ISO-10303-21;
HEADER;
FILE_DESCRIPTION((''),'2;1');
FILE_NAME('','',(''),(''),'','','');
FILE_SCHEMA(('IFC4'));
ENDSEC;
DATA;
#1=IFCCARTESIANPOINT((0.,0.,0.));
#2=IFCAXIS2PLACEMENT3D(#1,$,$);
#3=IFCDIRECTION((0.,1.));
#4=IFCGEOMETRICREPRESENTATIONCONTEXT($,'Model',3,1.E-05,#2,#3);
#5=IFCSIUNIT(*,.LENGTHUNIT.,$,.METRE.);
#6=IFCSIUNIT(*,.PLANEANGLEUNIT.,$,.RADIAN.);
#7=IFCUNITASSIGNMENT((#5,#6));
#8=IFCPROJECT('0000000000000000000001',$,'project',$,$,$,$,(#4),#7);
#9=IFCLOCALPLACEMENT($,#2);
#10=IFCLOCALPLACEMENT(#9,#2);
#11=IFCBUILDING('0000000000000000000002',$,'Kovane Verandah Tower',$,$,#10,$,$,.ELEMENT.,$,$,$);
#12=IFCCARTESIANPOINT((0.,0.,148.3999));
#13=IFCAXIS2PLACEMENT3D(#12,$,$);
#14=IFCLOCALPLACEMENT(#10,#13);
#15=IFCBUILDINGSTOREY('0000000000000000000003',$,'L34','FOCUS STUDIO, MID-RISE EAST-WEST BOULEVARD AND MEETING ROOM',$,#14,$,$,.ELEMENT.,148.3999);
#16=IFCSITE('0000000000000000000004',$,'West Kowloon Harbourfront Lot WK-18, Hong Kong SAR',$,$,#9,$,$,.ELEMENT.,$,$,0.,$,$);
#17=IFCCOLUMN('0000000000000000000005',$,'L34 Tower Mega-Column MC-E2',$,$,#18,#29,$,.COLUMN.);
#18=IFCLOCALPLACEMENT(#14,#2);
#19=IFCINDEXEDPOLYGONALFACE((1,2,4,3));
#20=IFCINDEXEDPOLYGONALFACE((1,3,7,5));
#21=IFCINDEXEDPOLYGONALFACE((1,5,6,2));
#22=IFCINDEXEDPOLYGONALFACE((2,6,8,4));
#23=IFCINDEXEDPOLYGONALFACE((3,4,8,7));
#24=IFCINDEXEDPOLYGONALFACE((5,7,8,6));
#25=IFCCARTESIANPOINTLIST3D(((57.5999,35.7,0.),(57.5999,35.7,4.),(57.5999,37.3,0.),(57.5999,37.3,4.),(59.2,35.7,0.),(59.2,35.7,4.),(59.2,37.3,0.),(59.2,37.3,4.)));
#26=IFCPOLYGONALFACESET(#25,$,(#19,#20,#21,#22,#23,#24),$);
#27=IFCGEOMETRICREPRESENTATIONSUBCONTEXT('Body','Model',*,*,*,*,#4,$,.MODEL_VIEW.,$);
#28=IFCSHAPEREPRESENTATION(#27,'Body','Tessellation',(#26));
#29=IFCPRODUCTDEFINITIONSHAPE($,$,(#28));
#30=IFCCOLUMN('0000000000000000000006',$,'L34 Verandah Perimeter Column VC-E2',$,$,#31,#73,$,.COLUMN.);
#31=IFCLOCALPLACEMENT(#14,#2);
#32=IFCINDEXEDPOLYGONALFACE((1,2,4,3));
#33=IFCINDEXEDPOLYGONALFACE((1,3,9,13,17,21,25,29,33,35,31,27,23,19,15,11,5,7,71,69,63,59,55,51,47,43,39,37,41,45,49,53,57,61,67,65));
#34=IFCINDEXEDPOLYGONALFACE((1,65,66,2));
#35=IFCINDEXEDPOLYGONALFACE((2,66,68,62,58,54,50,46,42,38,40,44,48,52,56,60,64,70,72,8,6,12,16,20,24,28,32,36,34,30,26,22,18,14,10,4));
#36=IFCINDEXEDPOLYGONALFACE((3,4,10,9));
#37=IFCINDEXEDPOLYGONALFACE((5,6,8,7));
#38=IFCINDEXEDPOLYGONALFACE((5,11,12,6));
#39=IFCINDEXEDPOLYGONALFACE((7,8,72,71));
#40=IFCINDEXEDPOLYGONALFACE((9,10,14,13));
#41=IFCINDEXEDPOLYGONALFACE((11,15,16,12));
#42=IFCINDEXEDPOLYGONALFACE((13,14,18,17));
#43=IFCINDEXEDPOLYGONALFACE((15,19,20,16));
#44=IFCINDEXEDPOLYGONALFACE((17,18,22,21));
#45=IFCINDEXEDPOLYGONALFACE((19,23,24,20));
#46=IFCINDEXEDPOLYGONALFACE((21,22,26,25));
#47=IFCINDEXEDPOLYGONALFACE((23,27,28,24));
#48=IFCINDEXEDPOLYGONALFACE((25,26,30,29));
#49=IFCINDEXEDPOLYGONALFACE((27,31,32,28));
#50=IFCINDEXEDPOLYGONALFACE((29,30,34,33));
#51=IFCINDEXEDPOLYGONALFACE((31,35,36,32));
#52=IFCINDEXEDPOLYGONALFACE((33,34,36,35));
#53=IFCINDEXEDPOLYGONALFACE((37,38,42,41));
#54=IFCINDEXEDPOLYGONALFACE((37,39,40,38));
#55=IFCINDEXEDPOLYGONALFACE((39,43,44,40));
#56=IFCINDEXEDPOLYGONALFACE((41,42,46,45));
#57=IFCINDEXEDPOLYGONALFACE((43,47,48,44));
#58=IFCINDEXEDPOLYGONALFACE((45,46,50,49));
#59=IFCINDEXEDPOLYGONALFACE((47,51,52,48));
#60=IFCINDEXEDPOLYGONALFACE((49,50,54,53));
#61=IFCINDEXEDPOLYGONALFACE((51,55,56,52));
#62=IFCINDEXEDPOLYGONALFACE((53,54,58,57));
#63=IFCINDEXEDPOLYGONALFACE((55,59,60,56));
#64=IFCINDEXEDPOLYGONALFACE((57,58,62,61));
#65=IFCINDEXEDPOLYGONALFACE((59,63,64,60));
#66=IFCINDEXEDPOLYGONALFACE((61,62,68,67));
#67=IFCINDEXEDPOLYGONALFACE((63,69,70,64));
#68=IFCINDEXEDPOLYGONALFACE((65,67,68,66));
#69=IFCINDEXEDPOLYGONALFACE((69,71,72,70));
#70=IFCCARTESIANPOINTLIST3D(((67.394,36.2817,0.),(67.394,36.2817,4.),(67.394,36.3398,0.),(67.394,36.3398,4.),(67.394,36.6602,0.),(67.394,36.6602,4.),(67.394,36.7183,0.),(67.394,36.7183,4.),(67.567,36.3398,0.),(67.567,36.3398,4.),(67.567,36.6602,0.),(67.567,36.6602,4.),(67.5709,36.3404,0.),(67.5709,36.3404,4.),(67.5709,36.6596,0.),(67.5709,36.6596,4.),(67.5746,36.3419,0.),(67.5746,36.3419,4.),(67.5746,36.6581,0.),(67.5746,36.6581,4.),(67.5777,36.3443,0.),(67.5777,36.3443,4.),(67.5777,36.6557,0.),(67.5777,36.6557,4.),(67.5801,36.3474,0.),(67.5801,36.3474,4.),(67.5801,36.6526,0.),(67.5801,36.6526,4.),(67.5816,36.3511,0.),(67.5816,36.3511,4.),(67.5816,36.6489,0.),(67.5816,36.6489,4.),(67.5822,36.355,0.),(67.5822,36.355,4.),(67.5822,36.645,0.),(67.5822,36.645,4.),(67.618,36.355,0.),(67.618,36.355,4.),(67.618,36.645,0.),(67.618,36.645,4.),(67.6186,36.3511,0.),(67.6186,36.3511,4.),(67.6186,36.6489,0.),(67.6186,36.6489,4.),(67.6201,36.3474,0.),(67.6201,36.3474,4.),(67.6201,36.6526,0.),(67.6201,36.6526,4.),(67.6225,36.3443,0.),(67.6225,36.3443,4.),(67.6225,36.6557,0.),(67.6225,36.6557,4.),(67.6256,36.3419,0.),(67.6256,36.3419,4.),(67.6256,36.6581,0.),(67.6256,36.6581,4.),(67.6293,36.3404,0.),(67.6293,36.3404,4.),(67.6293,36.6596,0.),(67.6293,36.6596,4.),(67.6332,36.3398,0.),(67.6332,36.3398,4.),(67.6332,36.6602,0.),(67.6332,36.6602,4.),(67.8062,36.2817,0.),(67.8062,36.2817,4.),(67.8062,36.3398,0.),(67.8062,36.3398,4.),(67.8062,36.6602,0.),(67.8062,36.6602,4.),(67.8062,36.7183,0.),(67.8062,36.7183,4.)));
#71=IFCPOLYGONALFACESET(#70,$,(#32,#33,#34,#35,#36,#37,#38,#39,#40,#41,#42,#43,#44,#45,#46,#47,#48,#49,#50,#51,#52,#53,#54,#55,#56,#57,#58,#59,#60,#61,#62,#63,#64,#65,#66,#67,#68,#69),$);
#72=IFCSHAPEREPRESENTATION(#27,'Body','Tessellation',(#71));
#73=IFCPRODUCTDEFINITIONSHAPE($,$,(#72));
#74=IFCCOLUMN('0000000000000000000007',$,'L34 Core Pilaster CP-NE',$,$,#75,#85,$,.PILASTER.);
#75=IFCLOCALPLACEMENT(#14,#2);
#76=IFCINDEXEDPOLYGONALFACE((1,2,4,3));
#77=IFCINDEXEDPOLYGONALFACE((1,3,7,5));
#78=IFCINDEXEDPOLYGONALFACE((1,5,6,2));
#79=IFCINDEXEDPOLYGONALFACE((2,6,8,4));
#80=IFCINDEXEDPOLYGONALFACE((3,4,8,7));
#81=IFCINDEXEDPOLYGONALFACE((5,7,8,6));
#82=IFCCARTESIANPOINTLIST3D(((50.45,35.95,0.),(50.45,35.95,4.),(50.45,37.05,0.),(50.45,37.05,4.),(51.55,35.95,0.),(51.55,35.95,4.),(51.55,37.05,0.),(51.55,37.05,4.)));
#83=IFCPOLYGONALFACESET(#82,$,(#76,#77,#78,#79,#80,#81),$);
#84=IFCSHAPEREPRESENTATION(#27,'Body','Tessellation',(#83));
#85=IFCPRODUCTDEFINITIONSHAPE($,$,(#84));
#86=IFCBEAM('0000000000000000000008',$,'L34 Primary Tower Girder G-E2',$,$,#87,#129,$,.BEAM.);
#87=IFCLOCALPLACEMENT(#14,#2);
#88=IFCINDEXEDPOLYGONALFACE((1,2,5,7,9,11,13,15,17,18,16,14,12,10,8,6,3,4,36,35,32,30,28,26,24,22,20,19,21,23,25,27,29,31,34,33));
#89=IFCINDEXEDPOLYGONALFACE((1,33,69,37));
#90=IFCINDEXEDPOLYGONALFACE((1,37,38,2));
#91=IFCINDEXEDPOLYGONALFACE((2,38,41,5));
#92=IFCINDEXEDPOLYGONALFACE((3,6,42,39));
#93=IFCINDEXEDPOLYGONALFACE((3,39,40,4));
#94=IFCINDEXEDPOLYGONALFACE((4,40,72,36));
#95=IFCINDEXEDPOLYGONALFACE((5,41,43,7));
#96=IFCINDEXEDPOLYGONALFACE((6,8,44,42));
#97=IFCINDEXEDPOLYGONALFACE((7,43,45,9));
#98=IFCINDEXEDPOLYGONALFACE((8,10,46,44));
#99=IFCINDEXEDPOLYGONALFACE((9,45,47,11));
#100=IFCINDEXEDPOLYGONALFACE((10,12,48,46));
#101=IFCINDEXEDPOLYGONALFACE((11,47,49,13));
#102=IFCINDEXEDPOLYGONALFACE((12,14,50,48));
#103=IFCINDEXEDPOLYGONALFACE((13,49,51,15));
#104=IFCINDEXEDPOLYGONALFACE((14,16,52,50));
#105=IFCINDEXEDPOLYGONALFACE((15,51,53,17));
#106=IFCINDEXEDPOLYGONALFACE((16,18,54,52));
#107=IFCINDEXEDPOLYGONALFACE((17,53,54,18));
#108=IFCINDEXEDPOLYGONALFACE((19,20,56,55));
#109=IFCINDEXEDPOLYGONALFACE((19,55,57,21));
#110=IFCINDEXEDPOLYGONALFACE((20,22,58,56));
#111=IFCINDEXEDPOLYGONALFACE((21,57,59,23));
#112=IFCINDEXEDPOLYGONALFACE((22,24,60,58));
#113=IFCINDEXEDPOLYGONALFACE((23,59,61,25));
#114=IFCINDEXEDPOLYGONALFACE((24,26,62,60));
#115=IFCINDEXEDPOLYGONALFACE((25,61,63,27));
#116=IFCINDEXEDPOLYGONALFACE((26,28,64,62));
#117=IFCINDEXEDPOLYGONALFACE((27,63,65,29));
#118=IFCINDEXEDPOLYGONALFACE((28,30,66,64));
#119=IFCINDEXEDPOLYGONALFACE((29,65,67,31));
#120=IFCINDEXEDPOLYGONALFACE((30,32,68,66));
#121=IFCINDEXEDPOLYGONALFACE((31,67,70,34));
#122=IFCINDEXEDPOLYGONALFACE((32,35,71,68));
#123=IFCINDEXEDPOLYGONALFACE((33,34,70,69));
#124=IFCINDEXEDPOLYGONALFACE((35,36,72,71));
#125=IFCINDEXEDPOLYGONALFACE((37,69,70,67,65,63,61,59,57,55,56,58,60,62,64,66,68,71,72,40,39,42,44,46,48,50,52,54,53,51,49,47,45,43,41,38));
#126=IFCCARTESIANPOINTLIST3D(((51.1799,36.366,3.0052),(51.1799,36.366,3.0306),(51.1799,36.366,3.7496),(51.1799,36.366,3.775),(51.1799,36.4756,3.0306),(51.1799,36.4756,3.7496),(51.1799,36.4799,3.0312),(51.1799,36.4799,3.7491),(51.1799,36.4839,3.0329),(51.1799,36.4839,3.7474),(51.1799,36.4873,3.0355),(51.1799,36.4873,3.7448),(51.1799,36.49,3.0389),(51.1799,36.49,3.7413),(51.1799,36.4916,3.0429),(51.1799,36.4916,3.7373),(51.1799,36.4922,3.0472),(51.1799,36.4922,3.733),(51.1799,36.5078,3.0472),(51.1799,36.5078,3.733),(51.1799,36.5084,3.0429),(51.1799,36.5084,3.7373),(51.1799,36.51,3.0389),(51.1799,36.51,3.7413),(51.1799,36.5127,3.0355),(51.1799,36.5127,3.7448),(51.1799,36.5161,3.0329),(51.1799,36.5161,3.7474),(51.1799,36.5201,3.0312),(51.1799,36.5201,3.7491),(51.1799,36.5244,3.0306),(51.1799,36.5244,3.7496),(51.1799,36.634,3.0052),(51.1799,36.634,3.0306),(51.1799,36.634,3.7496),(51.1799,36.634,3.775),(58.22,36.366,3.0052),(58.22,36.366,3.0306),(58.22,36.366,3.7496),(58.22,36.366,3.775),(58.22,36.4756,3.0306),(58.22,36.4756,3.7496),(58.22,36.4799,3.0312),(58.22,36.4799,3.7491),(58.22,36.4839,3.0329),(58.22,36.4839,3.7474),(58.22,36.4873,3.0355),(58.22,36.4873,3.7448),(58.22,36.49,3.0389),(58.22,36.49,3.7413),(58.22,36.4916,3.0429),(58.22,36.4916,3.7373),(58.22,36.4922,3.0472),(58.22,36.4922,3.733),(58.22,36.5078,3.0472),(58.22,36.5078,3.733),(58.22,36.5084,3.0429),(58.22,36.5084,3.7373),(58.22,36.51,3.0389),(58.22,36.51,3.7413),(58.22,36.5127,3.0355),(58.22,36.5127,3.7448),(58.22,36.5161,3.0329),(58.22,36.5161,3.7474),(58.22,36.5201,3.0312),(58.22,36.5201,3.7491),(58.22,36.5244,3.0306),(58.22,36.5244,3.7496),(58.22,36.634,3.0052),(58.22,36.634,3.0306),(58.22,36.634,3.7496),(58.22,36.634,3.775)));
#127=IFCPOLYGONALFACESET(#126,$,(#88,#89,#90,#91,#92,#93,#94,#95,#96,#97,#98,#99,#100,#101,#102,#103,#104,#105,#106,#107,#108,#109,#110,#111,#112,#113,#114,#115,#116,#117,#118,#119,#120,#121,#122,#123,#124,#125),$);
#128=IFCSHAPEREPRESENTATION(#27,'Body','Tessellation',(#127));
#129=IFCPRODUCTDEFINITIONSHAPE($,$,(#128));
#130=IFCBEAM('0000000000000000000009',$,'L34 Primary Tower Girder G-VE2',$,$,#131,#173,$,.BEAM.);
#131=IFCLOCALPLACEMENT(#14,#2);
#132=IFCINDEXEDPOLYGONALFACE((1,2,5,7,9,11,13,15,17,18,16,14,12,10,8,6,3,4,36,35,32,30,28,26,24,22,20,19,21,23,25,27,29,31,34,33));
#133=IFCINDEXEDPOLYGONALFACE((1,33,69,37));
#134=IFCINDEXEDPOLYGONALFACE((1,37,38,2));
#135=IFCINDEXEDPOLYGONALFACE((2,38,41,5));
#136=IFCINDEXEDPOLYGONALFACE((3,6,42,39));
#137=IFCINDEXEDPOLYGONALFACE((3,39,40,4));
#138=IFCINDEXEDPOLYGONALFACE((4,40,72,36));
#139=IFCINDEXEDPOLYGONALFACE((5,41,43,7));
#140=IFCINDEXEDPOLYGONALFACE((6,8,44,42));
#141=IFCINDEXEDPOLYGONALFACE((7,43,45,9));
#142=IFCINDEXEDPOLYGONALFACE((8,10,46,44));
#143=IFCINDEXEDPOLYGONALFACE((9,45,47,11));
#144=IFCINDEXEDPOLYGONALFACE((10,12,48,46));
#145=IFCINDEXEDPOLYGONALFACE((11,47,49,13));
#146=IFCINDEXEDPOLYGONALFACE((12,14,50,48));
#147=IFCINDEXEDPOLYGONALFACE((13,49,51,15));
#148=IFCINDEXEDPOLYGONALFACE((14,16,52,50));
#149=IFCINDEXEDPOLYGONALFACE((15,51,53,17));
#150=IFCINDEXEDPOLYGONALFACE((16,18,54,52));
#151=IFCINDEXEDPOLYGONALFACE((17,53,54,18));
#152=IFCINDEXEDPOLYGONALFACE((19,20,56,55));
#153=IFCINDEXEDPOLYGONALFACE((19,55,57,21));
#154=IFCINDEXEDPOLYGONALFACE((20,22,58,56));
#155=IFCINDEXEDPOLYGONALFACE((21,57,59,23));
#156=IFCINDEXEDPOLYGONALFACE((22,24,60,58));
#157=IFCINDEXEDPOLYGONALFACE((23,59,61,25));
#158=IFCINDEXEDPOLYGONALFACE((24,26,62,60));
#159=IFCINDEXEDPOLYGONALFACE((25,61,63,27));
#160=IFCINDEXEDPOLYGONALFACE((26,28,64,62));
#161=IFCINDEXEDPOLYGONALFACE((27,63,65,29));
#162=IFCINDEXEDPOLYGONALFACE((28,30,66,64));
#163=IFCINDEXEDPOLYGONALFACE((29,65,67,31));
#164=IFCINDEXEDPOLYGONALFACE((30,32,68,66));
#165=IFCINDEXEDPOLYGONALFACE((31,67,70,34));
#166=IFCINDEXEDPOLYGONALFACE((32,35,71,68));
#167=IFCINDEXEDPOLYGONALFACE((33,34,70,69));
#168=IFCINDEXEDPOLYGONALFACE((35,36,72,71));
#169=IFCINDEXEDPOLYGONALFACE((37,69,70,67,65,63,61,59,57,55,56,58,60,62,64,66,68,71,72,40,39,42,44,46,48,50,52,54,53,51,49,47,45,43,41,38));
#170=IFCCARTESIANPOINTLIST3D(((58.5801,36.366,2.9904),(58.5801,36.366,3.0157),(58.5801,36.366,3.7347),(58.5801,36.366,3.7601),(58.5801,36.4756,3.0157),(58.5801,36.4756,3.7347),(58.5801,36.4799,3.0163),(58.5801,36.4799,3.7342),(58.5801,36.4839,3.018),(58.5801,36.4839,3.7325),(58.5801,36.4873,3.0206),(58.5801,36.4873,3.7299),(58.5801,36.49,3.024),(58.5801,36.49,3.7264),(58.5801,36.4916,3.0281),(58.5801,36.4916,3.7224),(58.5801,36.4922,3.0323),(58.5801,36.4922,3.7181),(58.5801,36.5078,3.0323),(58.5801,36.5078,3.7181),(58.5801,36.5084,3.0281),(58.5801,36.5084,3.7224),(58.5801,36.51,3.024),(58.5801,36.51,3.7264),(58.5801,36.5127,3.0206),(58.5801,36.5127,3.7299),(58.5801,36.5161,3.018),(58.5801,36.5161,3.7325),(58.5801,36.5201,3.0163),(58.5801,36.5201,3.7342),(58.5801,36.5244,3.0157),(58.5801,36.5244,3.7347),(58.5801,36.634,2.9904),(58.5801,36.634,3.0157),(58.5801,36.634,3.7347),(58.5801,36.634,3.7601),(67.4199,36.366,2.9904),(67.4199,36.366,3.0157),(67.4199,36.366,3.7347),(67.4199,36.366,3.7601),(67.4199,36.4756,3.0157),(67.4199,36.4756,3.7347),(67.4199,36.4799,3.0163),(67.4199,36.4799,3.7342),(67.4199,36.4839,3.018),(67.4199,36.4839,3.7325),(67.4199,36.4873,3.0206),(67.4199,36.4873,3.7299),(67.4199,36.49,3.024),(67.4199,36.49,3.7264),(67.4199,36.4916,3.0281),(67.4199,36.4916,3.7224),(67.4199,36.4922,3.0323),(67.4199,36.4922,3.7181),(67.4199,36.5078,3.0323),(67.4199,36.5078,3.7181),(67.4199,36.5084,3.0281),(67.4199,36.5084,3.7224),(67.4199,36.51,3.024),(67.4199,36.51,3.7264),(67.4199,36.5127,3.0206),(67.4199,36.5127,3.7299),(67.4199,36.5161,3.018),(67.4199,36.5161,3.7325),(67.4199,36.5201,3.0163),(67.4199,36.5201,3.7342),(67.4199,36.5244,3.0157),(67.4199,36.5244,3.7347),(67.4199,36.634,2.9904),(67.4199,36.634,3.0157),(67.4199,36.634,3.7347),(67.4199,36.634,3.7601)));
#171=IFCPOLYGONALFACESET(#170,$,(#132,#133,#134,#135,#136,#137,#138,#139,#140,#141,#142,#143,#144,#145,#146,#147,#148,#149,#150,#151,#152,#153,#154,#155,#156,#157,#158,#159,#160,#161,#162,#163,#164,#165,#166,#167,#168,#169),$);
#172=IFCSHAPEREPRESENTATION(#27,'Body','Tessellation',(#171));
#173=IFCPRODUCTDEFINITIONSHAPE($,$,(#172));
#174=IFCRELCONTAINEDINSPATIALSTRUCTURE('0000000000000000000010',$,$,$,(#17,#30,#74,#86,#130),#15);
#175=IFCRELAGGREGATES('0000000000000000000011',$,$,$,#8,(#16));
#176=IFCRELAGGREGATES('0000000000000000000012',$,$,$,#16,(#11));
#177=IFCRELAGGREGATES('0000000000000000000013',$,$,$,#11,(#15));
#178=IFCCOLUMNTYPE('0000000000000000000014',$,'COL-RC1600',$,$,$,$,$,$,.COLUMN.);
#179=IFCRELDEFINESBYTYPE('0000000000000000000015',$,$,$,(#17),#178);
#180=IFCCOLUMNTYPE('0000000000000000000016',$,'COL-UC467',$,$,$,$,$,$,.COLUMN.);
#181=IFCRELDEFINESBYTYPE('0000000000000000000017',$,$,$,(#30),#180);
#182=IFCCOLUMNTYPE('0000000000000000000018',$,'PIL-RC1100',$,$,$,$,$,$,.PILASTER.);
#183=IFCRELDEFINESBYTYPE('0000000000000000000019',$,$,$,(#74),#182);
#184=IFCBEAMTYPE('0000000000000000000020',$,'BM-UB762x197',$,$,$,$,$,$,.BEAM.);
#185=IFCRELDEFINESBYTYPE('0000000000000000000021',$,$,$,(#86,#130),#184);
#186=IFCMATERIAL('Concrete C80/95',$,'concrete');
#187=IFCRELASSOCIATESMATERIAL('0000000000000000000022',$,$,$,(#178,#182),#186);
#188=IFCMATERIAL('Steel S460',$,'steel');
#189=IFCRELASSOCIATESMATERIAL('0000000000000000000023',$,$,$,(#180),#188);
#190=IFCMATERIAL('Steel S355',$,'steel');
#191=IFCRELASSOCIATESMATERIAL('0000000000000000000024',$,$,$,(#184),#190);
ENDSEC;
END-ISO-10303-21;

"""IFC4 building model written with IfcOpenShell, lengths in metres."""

from ifc_helpers import new_model, si_unit, direction, frame, origin, origin_2d, place, context, subcontext, project, spatial, rectangle, i_section, extrude, material, material_profile, profile_set, type_object, element, save


model = new_model("IFC4")

# Units and contexts
model_context = context("Model", 3, precision=1e-05, world=origin(), true_north=direction((0.0, 1.0)))
body_context = subcontext(model_context, "Body", "Model", "MODEL_VIEW")
ifc_project = project(units=[si_unit("LENGTHUNIT", "METRE"), si_unit("PLANEANGLEUNIT", "RADIAN")], contexts=[model_context])

# Site, building, storey
site_placement = place(None, origin())
site = spatial("IfcSite", under=ifc_project, at=site_placement, Name="West Kowloon Harbourfront Lot WK-18, Hong Kong SAR", CompositionType="ELEMENT", RefElevation=0.0)
building_placement = place(site_placement, origin())
building = spatial("IfcBuilding", under=site, at=building_placement, Name="Kovane Verandah Tower", CompositionType="ELEMENT")
storey_placement = place(building_placement, frame((0.0, 0.0, 148.3999)))
storey = spatial("IfcBuildingStorey", under=building, at=storey_placement, Name="L34", Description="FOCUS STUDIO, MID-RISE EAST-WEST BOULEVARD AND MEETING ROOM", CompositionType="ELEMENT", Elevation=148.3999)

# Columns
ifc_material_1 = material(Name="Concrete C80/95", Category="concrete")
ifc_material_profile_1 = material_profile(ifc_material_1, rectangle(XDim=1.6001, YDim=1.6001, at=origin_2d()), Name="RC1600x1600")
ifc_profile_set_1 = profile_set([ifc_material_profile_1], Name="Concrete C80/95")
column_type_1 = type_object("IfcColumnType", Name="COL-RC1600", PredefinedType="COLUMN", material=ifc_profile_set_1)
column_1_placement = place(storey_placement, frame((58.3999, 36.5, 0.0), z_axis=(0.0, 0.0, 1.0), x_axis=(1.0, 0.0, 0.0)))
element("IfcColumn", 1, at=column_1_placement, inside=storey, type_object=column_type_1, Name="L34 Tower Mega-Column MC-E2", PredefinedType="COLUMN", context=body_context, shape_type="SweptSolid", body=[
    extrude(rectangle(XDim=1.6001, YDim=1.6001, at=origin_2d()), origin(), (0.0, 0.0, 1.0), 4.0),
])
ifc_material_2 = material(Name="Steel S460", Category="steel")
ifc_material_profile_2 = material_profile(ifc_material_2, i_section(OverallWidth=0.4121, OverallDepth=0.4365, WebThickness=0.0359, FlangeThickness=0.0581, FilletRadius=0.0151, at=origin_2d()), Name="UC356x406x467")
ifc_profile_set_2 = profile_set([ifc_material_profile_2], Name="Steel S460")
column_type_2 = type_object("IfcColumnType", Name="COL-UC467", PredefinedType="COLUMN", material=ifc_profile_set_2)
column_2_placement = place(storey_placement, frame((67.6001, 36.5, 0.0), z_axis=(0.0, 0.0, 1.0), x_axis=(1.0, 0.0, 0.0)))
element("IfcColumn", 2, at=column_2_placement, inside=storey, type_object=column_type_2, Name="L34 Verandah Perimeter Column VC-E2", PredefinedType="COLUMN", context=body_context, shape_type="SweptSolid", body=[
    extrude(i_section(OverallWidth=0.4121, OverallDepth=0.4365, WebThickness=0.0359, FlangeThickness=0.0581, FilletRadius=0.0151, at=origin_2d()), origin(), (0.0, 0.0, 1.0), 4.0),
])
ifc_material_profile_3 = material_profile(ifc_material_1, rectangle(XDim=1.1001, YDim=1.1001, at=origin_2d()), Name="RC1100x1100")
ifc_profile_set_3 = profile_set([ifc_material_profile_3], Name="Concrete C80/95")
column_type_3 = type_object("IfcColumnType", Name="PIL-RC1100", PredefinedType="PILASTER", material=ifc_profile_set_3)
column_3_placement = place(storey_placement, frame((51.0, 36.5, 0.0), z_axis=(0.0, 0.0, 1.0), x_axis=(1.0, 0.0, 0.0)))
element("IfcColumn", 3, at=column_3_placement, inside=storey, type_object=column_type_3, Name="L34 Core Pilaster CP-NE", PredefinedType="PILASTER", context=body_context, shape_type="SweptSolid", body=[
    extrude(rectangle(XDim=1.1001, YDim=1.1001, at=origin_2d()), origin(), (0.0, 0.0, 1.0), 4.0),
])

# Beams
ifc_material_3 = material(Name="Steel S355", Category="steel")
ifc_material_profile_4 = material_profile(ifc_material_3, i_section(OverallWidth=0.2681, OverallDepth=0.7698, WebThickness=0.0156, FlangeThickness=0.0254, FilletRadius=0.0166, at=origin_2d()), Name="UB762x267x197")
ifc_profile_set_4 = profile_set([ifc_material_profile_4], Name="Steel S355")
beam_type_1 = type_object("IfcBeamType", Name="BM-UB762x197", PredefinedType="BEAM", material=ifc_profile_set_4)
beam_1_placement = place(storey_placement, frame((51.1799, 36.5, 3.3901), z_axis=(1.0, 0.0, 0.0), x_axis=(0.0, 1.0, 0.0)))
element("IfcBeam", 4, at=beam_1_placement, inside=storey, type_object=beam_type_1, Name="L34 Primary Tower Girder G-E2", PredefinedType="BEAM", context=body_context, shape_type="SweptSolid", body=[
    extrude(i_section(OverallWidth=0.2681, OverallDepth=0.7698, WebThickness=0.0156, FlangeThickness=0.0254, FilletRadius=0.0166, at=origin_2d()), origin(), (0.0, 0.0, 1.0), 7.04),
])
beam_2_placement = place(storey_placement, frame((58.5801, 36.5, 3.3752), z_axis=(1.0, 0.0, 0.0), x_axis=(0.0, 1.0, 0.0)))
element("IfcBeam", 5, at=beam_2_placement, inside=storey, type_object=beam_type_1, Name="L34 Primary Tower Girder G-VE2", PredefinedType="BEAM", context=body_context, shape_type="SweptSolid", body=[
    extrude(i_section(OverallWidth=0.2681, OverallDepth=0.7698, WebThickness=0.0156, FlangeThickness=0.0254, FilletRadius=0.0166, at=origin_2d()), origin(), (0.0, 0.0, 1.0), 8.8398),
])

save(model, "model.ifc")
